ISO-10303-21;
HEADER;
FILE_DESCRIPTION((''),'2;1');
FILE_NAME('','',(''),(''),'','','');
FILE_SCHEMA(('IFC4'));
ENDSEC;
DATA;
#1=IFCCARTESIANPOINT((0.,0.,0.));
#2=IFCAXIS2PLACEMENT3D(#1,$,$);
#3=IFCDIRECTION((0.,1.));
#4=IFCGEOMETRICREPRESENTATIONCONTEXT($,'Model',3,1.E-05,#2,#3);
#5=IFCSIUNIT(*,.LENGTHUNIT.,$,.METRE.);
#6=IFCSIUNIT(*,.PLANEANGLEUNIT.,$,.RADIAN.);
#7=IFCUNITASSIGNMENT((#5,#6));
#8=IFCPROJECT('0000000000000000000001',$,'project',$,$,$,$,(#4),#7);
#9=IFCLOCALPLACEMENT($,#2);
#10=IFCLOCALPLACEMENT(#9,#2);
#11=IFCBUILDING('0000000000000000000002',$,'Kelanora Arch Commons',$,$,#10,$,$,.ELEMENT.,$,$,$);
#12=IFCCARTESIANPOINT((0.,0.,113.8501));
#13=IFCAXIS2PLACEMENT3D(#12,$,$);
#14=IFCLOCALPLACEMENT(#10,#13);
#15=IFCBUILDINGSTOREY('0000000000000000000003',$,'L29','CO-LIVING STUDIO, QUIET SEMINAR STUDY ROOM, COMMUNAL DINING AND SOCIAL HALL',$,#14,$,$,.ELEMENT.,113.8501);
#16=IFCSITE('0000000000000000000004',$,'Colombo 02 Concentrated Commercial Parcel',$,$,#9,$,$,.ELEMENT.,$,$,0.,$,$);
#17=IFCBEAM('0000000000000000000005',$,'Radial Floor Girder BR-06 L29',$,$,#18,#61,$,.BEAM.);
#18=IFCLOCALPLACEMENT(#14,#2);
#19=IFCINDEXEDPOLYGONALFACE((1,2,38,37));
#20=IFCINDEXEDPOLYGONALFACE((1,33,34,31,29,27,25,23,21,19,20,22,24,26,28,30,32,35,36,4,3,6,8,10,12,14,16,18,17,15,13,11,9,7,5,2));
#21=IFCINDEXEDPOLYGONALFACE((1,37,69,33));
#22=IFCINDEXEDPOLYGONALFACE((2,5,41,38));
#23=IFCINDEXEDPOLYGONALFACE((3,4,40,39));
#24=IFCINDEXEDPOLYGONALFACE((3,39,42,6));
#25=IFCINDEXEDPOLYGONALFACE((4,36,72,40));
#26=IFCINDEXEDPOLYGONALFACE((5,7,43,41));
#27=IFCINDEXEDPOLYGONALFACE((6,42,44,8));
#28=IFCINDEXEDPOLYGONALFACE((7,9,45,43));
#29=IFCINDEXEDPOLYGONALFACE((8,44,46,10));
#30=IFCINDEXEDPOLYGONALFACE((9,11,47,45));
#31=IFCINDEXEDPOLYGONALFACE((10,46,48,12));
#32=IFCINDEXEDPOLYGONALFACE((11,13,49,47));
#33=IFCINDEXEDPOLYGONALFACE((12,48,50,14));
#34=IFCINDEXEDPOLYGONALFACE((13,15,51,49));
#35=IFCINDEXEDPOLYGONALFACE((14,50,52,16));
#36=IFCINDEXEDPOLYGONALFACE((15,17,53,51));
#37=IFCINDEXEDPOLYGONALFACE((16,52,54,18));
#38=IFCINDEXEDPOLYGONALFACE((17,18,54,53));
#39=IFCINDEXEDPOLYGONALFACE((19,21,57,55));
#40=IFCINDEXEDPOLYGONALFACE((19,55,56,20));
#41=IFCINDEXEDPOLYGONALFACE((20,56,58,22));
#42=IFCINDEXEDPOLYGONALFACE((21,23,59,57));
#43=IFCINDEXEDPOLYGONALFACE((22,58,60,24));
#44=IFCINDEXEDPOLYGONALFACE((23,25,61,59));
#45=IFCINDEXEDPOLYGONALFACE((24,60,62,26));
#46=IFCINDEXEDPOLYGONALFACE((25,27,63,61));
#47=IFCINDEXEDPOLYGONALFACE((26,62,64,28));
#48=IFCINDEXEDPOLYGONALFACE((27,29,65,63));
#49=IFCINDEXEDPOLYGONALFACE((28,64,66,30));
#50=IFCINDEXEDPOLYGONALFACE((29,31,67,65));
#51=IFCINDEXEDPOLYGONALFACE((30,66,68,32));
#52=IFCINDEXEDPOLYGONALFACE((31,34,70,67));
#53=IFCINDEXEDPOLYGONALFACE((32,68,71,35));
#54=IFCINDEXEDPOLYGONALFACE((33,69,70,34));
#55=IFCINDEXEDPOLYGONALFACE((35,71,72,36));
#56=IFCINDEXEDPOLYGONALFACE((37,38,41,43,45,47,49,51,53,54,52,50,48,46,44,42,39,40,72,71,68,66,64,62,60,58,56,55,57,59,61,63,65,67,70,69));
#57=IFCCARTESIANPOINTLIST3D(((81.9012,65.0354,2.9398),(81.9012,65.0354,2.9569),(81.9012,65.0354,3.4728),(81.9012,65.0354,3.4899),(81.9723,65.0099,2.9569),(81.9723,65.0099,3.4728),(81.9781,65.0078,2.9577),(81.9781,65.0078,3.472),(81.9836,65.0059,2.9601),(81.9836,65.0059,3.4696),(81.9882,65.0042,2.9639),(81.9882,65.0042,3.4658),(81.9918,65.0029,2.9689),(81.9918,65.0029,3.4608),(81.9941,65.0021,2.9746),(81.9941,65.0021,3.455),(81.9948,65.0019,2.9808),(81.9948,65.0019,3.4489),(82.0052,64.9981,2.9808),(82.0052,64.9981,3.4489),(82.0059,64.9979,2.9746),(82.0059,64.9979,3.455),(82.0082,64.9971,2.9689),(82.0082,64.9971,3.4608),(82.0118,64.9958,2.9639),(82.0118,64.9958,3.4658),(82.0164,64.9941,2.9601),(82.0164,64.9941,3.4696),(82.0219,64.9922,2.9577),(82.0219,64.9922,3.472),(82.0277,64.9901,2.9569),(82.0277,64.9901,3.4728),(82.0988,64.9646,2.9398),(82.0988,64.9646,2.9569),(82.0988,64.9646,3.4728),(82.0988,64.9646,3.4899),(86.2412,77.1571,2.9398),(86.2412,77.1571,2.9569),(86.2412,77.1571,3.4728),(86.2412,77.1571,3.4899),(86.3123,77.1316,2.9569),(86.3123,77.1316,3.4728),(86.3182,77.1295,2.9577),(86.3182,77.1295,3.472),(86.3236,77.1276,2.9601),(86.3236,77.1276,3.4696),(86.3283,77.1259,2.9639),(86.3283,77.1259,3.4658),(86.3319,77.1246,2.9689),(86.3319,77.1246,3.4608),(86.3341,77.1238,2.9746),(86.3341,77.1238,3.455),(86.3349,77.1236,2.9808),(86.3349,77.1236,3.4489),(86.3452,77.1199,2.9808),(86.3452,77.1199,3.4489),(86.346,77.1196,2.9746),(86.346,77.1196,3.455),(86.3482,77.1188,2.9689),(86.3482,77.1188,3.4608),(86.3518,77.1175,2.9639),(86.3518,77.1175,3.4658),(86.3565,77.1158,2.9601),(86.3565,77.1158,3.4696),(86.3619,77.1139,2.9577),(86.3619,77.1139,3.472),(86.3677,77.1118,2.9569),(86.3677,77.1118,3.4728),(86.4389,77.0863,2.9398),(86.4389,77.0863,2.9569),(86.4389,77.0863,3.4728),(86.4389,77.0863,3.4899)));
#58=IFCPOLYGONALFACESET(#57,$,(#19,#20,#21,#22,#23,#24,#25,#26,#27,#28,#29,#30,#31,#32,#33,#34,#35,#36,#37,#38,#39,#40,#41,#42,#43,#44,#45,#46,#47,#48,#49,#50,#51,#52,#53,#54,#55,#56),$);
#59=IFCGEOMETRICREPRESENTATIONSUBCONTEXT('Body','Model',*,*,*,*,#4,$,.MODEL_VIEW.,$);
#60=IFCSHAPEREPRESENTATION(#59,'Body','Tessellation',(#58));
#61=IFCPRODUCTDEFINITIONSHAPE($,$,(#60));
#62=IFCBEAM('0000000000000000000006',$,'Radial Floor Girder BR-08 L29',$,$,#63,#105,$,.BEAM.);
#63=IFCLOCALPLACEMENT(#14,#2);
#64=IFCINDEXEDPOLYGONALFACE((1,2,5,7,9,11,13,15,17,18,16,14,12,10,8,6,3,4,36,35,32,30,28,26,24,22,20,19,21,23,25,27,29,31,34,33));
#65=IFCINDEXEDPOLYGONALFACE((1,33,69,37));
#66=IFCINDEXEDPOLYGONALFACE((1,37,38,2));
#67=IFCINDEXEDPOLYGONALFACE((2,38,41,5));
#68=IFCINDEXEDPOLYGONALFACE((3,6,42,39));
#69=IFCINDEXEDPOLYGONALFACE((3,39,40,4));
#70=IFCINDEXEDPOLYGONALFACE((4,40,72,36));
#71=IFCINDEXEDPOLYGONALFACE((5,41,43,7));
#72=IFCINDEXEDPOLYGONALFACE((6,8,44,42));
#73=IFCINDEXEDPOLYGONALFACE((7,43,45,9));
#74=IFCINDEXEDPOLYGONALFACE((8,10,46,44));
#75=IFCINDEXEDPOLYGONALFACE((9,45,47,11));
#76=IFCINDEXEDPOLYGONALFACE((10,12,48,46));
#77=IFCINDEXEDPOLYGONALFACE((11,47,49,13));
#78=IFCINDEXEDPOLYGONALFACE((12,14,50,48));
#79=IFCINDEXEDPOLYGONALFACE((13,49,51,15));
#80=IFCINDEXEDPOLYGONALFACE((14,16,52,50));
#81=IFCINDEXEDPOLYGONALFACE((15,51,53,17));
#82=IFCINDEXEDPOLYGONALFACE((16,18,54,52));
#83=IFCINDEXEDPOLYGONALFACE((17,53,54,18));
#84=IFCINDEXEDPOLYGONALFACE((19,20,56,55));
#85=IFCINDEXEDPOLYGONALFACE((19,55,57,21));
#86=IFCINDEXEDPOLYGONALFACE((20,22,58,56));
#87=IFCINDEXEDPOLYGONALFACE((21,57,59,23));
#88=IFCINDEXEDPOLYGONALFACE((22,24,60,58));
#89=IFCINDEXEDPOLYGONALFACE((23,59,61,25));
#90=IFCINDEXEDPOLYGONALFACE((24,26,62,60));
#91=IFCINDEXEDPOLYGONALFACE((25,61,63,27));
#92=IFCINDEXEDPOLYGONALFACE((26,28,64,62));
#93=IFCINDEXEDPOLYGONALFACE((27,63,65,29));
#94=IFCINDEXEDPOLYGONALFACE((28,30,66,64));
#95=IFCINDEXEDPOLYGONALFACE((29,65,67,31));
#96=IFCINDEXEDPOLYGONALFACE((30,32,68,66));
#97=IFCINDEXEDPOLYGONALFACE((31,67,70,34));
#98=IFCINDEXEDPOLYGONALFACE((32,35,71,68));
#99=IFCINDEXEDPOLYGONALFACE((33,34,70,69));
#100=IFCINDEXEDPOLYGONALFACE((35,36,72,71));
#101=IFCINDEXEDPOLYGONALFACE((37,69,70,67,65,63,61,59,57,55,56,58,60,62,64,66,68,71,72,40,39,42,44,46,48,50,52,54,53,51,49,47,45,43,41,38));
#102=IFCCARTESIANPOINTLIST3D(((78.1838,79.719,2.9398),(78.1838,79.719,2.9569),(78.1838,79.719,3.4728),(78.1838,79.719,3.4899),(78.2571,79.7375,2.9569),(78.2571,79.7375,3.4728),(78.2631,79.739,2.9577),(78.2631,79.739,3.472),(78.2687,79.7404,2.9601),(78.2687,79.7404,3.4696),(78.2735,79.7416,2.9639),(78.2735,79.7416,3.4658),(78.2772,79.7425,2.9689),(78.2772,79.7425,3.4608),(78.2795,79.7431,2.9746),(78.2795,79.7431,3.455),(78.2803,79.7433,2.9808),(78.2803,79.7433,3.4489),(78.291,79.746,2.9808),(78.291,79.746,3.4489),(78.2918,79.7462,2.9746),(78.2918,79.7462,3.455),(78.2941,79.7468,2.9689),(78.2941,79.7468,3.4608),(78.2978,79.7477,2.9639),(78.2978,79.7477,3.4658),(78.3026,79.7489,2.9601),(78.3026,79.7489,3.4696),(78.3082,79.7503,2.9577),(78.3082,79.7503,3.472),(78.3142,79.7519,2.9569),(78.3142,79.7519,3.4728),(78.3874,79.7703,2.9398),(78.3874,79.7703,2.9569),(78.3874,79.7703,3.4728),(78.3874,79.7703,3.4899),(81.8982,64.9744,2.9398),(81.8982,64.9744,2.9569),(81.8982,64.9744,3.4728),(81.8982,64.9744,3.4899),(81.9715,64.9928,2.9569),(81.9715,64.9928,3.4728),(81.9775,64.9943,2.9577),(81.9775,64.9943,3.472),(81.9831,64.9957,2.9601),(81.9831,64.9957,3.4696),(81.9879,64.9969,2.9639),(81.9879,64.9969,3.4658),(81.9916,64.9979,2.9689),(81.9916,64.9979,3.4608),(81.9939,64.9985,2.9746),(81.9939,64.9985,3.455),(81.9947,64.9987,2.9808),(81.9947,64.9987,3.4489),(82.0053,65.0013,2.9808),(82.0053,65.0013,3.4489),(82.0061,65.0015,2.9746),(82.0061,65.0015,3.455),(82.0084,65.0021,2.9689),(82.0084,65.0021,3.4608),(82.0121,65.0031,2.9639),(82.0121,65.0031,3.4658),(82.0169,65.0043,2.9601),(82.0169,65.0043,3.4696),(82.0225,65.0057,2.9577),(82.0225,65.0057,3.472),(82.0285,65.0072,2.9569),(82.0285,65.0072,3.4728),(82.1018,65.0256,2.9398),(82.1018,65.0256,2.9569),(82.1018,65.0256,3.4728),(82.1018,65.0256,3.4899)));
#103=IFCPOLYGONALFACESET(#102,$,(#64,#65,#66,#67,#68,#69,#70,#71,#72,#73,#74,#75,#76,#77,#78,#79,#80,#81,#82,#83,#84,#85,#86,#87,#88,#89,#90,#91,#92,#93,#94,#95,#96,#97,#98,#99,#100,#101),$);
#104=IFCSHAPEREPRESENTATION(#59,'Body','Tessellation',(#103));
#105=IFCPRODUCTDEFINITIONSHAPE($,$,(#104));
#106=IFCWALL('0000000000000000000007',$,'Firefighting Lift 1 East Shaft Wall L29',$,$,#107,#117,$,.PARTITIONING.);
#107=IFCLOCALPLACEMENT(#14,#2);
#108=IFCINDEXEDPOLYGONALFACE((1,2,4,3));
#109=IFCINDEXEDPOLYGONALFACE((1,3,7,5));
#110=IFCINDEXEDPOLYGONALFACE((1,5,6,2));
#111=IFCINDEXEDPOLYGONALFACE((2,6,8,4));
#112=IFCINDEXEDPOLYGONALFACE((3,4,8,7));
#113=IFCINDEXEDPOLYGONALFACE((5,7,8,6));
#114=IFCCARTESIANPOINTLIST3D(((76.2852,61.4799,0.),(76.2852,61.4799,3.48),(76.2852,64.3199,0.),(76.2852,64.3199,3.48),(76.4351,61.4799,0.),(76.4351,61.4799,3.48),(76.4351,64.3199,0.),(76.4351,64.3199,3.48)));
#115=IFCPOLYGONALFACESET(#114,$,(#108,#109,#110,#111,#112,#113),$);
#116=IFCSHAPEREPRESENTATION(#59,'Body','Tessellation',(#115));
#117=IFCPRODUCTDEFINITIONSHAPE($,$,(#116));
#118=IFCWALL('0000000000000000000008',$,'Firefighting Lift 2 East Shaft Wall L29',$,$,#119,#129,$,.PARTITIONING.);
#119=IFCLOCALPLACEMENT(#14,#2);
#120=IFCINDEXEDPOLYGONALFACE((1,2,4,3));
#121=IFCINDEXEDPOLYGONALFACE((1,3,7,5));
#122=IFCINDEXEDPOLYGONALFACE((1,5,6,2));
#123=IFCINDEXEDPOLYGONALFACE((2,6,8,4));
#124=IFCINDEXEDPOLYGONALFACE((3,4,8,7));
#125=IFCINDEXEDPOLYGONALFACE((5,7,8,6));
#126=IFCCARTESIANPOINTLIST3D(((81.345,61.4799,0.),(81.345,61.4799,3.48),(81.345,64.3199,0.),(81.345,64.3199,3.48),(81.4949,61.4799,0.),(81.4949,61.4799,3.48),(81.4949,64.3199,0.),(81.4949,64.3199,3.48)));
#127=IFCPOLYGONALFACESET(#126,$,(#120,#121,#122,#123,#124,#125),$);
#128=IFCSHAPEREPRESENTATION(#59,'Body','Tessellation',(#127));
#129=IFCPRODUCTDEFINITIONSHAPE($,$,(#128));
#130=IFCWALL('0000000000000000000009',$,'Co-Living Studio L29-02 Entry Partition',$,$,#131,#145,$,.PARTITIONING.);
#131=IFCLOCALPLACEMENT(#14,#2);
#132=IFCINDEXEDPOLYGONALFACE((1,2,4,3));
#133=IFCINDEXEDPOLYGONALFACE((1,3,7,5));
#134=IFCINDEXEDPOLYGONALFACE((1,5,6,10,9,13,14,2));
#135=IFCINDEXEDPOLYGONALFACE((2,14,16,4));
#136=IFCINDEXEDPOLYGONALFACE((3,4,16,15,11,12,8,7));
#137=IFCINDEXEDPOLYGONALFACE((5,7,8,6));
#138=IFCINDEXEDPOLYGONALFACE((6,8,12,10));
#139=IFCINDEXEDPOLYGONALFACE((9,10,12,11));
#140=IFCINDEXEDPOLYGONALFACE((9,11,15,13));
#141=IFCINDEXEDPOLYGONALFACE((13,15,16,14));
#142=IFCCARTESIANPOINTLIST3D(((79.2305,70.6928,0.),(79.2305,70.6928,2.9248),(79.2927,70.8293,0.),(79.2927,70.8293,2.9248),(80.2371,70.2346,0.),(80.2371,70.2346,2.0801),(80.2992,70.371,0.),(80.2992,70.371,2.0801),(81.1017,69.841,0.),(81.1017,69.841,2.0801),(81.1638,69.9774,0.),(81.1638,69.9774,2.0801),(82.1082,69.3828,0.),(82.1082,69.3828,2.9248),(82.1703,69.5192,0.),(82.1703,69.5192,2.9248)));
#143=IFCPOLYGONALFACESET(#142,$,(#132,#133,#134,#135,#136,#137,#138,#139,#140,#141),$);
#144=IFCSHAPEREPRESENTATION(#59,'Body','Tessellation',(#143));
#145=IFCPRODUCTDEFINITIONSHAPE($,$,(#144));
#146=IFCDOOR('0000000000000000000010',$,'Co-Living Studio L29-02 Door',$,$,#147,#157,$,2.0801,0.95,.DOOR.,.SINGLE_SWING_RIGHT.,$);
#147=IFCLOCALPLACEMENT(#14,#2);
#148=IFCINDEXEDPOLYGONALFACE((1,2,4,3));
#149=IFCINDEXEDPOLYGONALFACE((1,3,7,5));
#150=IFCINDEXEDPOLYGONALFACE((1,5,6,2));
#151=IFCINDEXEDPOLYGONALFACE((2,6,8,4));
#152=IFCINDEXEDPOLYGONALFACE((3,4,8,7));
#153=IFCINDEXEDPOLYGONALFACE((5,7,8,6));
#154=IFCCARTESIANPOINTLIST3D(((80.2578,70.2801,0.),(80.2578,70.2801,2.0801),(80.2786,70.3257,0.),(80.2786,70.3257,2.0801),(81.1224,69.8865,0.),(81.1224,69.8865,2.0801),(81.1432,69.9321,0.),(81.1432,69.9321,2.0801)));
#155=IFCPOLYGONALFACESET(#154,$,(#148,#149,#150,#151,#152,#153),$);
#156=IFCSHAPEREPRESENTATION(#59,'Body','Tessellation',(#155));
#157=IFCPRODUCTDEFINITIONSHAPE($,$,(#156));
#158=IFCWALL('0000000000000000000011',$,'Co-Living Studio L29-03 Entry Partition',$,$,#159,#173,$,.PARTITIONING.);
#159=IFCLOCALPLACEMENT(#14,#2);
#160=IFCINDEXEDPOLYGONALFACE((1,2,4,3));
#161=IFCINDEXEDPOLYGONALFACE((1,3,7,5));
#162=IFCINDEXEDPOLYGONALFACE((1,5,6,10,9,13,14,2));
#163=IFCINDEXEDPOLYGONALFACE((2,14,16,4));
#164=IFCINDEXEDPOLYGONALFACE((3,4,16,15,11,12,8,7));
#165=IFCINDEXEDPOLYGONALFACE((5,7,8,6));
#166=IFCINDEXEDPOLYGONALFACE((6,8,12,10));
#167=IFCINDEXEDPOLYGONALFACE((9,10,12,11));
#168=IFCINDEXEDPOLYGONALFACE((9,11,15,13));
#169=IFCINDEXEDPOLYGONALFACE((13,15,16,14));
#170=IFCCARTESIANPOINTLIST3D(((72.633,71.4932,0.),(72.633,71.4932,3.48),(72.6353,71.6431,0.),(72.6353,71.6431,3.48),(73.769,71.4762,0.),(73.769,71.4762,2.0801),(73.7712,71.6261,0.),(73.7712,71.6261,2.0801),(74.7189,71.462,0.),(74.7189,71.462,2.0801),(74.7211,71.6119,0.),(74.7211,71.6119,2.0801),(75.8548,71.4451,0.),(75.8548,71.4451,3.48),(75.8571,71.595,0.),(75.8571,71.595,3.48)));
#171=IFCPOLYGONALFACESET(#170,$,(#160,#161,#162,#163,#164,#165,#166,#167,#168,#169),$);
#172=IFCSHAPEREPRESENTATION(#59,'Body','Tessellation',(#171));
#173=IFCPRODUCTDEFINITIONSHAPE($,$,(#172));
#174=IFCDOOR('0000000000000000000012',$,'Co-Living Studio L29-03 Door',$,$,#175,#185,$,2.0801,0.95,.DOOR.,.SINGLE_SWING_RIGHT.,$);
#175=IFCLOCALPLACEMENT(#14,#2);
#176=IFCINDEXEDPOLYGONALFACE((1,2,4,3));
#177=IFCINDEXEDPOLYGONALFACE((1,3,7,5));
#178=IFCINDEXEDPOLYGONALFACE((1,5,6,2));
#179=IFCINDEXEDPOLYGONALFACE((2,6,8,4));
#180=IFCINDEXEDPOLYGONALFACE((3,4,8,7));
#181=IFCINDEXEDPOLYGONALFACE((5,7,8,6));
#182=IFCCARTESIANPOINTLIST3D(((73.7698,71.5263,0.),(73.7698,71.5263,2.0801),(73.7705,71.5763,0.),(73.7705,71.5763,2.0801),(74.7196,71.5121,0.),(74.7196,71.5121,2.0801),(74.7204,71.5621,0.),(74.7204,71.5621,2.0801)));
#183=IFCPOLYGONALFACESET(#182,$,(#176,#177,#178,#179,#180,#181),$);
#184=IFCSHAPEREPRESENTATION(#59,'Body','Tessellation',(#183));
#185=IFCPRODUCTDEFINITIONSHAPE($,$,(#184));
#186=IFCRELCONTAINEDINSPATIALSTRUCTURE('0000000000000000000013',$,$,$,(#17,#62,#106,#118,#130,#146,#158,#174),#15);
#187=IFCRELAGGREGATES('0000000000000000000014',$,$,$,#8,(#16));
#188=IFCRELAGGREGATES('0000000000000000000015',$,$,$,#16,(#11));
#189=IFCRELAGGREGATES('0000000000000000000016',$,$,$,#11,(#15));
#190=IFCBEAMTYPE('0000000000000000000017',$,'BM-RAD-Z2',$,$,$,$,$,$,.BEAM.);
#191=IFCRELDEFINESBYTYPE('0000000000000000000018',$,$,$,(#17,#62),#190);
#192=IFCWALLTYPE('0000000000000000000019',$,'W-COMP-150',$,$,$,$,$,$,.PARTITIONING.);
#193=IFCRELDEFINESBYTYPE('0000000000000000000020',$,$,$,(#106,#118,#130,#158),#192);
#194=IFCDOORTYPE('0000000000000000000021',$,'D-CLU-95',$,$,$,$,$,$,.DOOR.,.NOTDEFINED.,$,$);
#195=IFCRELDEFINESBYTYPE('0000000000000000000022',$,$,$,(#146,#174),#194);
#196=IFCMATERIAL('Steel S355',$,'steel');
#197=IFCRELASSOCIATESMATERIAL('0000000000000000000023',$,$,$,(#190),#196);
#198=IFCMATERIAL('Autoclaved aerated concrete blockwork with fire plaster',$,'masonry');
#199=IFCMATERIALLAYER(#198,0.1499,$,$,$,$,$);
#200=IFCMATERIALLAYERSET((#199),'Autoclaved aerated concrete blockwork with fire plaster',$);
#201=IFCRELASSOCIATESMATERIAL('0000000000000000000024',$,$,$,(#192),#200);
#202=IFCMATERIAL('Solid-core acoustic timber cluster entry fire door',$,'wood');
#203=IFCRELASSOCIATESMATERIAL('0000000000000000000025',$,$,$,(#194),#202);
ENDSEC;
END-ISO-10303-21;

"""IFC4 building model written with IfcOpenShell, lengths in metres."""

from ifc_helpers import new_model, si_unit, direction, frame, frame_2d, origin, origin_2d, place, context, subcontext, project, spatial, rectangle, i_section, extrude, material, layer, layer_set, material_profile, profile_set, type_object, element, fill, save


model = new_model("IFC4")

# Units and contexts
model_context = context("Model", 3, precision=1e-05, world=origin(), true_north=direction((0.0, 1.0)))
body_context = subcontext(model_context, "Body", "Model", "MODEL_VIEW")
ifc_project = project(units=[si_unit("LENGTHUNIT", "METRE"), si_unit("PLANEANGLEUNIT", "RADIAN")], contexts=[model_context])

# Site, building, storey
site_placement = place(None, origin())
site = spatial("IfcSite", under=ifc_project, at=site_placement, Name="Colombo 02 Concentrated Commercial Parcel", CompositionType="ELEMENT", RefElevation=0.0)
building_placement = place(site_placement, origin())
building = spatial("IfcBuilding", under=site, at=building_placement, Name="Kelanora Arch Commons", CompositionType="ELEMENT")
storey_placement = place(building_placement, frame((0.0, 0.0, 113.8501)))
storey = spatial("IfcBuildingStorey", under=building, at=storey_placement, Name="L29", Description="CO-LIVING STUDIO, QUIET SEMINAR STUDY ROOM, COMMUNAL DINING AND SOCIAL HALL", CompositionType="ELEMENT", Elevation=113.8501)

# Beams
ifc_material_1 = material(Name="Steel S355", Category="steel")
ifc_material_profile_1 = material_profile(ifc_material_1, i_section(OverallWidth=0.21, OverallDepth=0.55, WebThickness=0.011, FlangeThickness=0.0171, FilletRadius=0.0239, at=origin_2d()), Name="IPE550")
ifc_profile_set_1 = profile_set([ifc_material_profile_1], Name="Steel S355")
beam_type_1 = type_object("IfcBeamType", Name="BM-RAD-Z2", PredefinedType="BEAM", material=ifc_profile_set_1)
beam_1_placement = place(storey_placement, frame((82.0, 65.0, 3.2148), z_axis=(0.337085, 0.941474, 0.0), x_axis=(-0.941474, 0.337085, 0.0)))
element("IfcBeam", 1, at=beam_1_placement, inside=storey, type_object=beam_type_1, Name="Radial Floor Girder BR-06 L29", PredefinedType="BEAM", context=body_context, shape_type="SweptSolid", body=[
    extrude(i_section(OverallWidth=0.21, OverallDepth=0.55, WebThickness=0.011, FlangeThickness=0.0171, FilletRadius=0.0239, at=origin_2d()), origin(), (0.0, 0.0, 1.0), 12.8752),
])
beam_2_placement = place(storey_placement, frame((82.0, 65.0, 3.2148), z_axis=(-0.244281, 0.969705, 0.0), x_axis=(-0.969705, -0.244281, 0.0)))
element("IfcBeam", 2, at=beam_2_placement, inside=storey, type_object=beam_type_1, Name="Radial Floor Girder BR-08 L29", PredefinedType="BEAM", context=body_context, shape_type="SweptSolid", body=[
    extrude(i_section(OverallWidth=0.21, OverallDepth=0.55, WebThickness=0.011, FlangeThickness=0.0171, FilletRadius=0.0239, at=origin_2d()), origin(), (0.0, 0.0, 1.0), 15.2053),
])

# Walls
ifc_material_2 = material(Name="Autoclaved aerated concrete blockwork with fire plaster", Category="masonry")
ifc_layer_1 = layer(ifc_material_2, 0.1499)
ifc_layer_set_1 = layer_set([ifc_layer_1], Name="Autoclaved aerated concrete blockwork with fire plaster")
wall_type_1 = type_object("IfcWallType", Name="W-COMP-150", PredefinedType="PARTITIONING", material=ifc_layer_set_1)
for number, where, z_axis, x_axis, name in (
    (3, (76.3601, 61.48, 0.0), (0.0, 0.0, 1.0), (0.0, 1.0, 0.0), "Firefighting Lift 1 East Shaft Wall L29"),
    (4, (81.4199, 61.48, 0.0), (0.0, 0.0, 1.0), (0.0, 1.0, 0.0), "Firefighting Lift 2 East Shaft Wall L29"),
):
    element("IfcWall", number, at=place(storey_placement, frame(where, z_axis=z_axis, x_axis=x_axis)), inside=storey, type_object=wall_type_1, Name=name, PredefinedType="PARTITIONING", context=body_context, shape_type="SweptSolid", body=[
        extrude(rectangle(XDim=2.8401, YDim=0.1499, at=frame_2d((1.4199, 0.0))), origin(), (0.0, 0.0, 1.0), 3.48),
    ])

# Walls, openings, doors
wall_1_placement = place(storey_placement, frame((82.1394, 69.4509, 0.0), z_axis=(0.0, 0.0, 1.0), x_axis=(-0.910126, 0.414332, 0.0)))
wall_1 = element("IfcWall", 5, at=wall_1_placement, inside=storey, type_object=wall_type_1, Name="Co-Living Studio L29-02 Entry Partition", PredefinedType="PARTITIONING", context=body_context, shape_type="SweptSolid", body=[
    extrude(rectangle(XDim=3.1619, YDim=0.1499, at=frame_2d((1.5811, 0.0))), origin(), (0.0, 0.0, 1.0), 2.9248),
])
opening_1_placement = place(wall_1_placement, frame((1.106, 0.0, 0.0)))
opening_1 = element("IfcOpeningElement", 6, at=opening_1_placement, cuts=wall_1, PredefinedType="OPENING", context=body_context, shape_type="SweptSolid", body=[
    extrude(rectangle(XDim=0.95, YDim=2.0801, at=frame_2d((0.4751, 1.04))), frame((0.0, 0.085, 0.0), z_axis=(0.0, -1.0, 0.0), x_axis=(1.0, 0.0, 0.0)), (0.0, 0.0, 1.0), 0.1699),
])
ifc_material_3 = material(Name="Solid-core acoustic timber cluster entry fire door", Category="wood")
door_type_1 = type_object("IfcDoorType", Name="D-CLU-95", OperationType="NOTDEFINED", PredefinedType="DOOR", material=ifc_material_3)
door_1_placement = place(opening_1_placement, origin())
door_1 = element("IfcDoor", 7, at=door_1_placement, inside=storey, type_object=door_type_1, Name="Co-Living Studio L29-02 Door", OperationType="SINGLE_SWING_RIGHT", OverallHeight=2.0801, OverallWidth=0.95, PredefinedType="DOOR", context=body_context, shape_type="SweptSolid", body=[
    extrude(rectangle(XDim=0.95, YDim=2.0801, at=frame_2d((0.4751, 1.04))), frame((0.0, 0.0249, 0.0), z_axis=(0.0, -1.0, 0.0), x_axis=(1.0, 0.0, 0.0)), (0.0, 0.0, 1.0), 0.05),
])
fill(opening_1, door_1)
wall_2_placement = place(storey_placement, frame((75.856, 71.52, 0.0), z_axis=(0.0, 0.0, 1.0), x_axis=(-0.999889, 0.014926, 0.0)))
wall_2 = element("IfcWall", 8, at=wall_2_placement, inside=storey, type_object=wall_type_1, Name="Co-Living Studio L29-03 Entry Partition", PredefinedType="PARTITIONING", context=body_context, shape_type="SweptSolid", body=[
    extrude(rectangle(XDim=3.2222, YDim=0.1499, at=frame_2d((1.6111, 0.0))), origin(), (0.0, 0.0, 1.0), 3.48),
])
opening_2_placement = place(wall_2_placement, frame((1.136, 0.0, 0.0)))
opening_2 = element("IfcOpeningElement", 9, at=opening_2_placement, cuts=wall_2, PredefinedType="OPENING", context=body_context, shape_type="SweptSolid", body=[
    extrude(rectangle(XDim=0.95, YDim=2.0801, at=frame_2d((0.4751, 1.04))), frame((0.0, 0.085, 0.0), z_axis=(0.0, -1.0, 0.0), x_axis=(1.0, 0.0, 0.0)), (0.0, 0.0, 1.0), 0.1699),
])
door_2_placement = place(opening_2_placement, origin())
door_2 = element("IfcDoor", 10, at=door_2_placement, inside=storey, type_object=door_type_1, Name="Co-Living Studio L29-03 Door", OperationType="SINGLE_SWING_RIGHT", OverallHeight=2.0801, OverallWidth=0.95, PredefinedType="DOOR", context=body_context, shape_type="SweptSolid", body=[
    extrude(rectangle(XDim=0.95, YDim=2.0801, at=frame_2d((0.4751, 1.04))), frame((0.0, 0.0249, 0.0), z_axis=(0.0, -1.0, 0.0), x_axis=(1.0, 0.0, 0.0)), (0.0, 0.0, 1.0), 0.05),
])
fill(opening_2, door_2)

save(model, "model.ifc")
